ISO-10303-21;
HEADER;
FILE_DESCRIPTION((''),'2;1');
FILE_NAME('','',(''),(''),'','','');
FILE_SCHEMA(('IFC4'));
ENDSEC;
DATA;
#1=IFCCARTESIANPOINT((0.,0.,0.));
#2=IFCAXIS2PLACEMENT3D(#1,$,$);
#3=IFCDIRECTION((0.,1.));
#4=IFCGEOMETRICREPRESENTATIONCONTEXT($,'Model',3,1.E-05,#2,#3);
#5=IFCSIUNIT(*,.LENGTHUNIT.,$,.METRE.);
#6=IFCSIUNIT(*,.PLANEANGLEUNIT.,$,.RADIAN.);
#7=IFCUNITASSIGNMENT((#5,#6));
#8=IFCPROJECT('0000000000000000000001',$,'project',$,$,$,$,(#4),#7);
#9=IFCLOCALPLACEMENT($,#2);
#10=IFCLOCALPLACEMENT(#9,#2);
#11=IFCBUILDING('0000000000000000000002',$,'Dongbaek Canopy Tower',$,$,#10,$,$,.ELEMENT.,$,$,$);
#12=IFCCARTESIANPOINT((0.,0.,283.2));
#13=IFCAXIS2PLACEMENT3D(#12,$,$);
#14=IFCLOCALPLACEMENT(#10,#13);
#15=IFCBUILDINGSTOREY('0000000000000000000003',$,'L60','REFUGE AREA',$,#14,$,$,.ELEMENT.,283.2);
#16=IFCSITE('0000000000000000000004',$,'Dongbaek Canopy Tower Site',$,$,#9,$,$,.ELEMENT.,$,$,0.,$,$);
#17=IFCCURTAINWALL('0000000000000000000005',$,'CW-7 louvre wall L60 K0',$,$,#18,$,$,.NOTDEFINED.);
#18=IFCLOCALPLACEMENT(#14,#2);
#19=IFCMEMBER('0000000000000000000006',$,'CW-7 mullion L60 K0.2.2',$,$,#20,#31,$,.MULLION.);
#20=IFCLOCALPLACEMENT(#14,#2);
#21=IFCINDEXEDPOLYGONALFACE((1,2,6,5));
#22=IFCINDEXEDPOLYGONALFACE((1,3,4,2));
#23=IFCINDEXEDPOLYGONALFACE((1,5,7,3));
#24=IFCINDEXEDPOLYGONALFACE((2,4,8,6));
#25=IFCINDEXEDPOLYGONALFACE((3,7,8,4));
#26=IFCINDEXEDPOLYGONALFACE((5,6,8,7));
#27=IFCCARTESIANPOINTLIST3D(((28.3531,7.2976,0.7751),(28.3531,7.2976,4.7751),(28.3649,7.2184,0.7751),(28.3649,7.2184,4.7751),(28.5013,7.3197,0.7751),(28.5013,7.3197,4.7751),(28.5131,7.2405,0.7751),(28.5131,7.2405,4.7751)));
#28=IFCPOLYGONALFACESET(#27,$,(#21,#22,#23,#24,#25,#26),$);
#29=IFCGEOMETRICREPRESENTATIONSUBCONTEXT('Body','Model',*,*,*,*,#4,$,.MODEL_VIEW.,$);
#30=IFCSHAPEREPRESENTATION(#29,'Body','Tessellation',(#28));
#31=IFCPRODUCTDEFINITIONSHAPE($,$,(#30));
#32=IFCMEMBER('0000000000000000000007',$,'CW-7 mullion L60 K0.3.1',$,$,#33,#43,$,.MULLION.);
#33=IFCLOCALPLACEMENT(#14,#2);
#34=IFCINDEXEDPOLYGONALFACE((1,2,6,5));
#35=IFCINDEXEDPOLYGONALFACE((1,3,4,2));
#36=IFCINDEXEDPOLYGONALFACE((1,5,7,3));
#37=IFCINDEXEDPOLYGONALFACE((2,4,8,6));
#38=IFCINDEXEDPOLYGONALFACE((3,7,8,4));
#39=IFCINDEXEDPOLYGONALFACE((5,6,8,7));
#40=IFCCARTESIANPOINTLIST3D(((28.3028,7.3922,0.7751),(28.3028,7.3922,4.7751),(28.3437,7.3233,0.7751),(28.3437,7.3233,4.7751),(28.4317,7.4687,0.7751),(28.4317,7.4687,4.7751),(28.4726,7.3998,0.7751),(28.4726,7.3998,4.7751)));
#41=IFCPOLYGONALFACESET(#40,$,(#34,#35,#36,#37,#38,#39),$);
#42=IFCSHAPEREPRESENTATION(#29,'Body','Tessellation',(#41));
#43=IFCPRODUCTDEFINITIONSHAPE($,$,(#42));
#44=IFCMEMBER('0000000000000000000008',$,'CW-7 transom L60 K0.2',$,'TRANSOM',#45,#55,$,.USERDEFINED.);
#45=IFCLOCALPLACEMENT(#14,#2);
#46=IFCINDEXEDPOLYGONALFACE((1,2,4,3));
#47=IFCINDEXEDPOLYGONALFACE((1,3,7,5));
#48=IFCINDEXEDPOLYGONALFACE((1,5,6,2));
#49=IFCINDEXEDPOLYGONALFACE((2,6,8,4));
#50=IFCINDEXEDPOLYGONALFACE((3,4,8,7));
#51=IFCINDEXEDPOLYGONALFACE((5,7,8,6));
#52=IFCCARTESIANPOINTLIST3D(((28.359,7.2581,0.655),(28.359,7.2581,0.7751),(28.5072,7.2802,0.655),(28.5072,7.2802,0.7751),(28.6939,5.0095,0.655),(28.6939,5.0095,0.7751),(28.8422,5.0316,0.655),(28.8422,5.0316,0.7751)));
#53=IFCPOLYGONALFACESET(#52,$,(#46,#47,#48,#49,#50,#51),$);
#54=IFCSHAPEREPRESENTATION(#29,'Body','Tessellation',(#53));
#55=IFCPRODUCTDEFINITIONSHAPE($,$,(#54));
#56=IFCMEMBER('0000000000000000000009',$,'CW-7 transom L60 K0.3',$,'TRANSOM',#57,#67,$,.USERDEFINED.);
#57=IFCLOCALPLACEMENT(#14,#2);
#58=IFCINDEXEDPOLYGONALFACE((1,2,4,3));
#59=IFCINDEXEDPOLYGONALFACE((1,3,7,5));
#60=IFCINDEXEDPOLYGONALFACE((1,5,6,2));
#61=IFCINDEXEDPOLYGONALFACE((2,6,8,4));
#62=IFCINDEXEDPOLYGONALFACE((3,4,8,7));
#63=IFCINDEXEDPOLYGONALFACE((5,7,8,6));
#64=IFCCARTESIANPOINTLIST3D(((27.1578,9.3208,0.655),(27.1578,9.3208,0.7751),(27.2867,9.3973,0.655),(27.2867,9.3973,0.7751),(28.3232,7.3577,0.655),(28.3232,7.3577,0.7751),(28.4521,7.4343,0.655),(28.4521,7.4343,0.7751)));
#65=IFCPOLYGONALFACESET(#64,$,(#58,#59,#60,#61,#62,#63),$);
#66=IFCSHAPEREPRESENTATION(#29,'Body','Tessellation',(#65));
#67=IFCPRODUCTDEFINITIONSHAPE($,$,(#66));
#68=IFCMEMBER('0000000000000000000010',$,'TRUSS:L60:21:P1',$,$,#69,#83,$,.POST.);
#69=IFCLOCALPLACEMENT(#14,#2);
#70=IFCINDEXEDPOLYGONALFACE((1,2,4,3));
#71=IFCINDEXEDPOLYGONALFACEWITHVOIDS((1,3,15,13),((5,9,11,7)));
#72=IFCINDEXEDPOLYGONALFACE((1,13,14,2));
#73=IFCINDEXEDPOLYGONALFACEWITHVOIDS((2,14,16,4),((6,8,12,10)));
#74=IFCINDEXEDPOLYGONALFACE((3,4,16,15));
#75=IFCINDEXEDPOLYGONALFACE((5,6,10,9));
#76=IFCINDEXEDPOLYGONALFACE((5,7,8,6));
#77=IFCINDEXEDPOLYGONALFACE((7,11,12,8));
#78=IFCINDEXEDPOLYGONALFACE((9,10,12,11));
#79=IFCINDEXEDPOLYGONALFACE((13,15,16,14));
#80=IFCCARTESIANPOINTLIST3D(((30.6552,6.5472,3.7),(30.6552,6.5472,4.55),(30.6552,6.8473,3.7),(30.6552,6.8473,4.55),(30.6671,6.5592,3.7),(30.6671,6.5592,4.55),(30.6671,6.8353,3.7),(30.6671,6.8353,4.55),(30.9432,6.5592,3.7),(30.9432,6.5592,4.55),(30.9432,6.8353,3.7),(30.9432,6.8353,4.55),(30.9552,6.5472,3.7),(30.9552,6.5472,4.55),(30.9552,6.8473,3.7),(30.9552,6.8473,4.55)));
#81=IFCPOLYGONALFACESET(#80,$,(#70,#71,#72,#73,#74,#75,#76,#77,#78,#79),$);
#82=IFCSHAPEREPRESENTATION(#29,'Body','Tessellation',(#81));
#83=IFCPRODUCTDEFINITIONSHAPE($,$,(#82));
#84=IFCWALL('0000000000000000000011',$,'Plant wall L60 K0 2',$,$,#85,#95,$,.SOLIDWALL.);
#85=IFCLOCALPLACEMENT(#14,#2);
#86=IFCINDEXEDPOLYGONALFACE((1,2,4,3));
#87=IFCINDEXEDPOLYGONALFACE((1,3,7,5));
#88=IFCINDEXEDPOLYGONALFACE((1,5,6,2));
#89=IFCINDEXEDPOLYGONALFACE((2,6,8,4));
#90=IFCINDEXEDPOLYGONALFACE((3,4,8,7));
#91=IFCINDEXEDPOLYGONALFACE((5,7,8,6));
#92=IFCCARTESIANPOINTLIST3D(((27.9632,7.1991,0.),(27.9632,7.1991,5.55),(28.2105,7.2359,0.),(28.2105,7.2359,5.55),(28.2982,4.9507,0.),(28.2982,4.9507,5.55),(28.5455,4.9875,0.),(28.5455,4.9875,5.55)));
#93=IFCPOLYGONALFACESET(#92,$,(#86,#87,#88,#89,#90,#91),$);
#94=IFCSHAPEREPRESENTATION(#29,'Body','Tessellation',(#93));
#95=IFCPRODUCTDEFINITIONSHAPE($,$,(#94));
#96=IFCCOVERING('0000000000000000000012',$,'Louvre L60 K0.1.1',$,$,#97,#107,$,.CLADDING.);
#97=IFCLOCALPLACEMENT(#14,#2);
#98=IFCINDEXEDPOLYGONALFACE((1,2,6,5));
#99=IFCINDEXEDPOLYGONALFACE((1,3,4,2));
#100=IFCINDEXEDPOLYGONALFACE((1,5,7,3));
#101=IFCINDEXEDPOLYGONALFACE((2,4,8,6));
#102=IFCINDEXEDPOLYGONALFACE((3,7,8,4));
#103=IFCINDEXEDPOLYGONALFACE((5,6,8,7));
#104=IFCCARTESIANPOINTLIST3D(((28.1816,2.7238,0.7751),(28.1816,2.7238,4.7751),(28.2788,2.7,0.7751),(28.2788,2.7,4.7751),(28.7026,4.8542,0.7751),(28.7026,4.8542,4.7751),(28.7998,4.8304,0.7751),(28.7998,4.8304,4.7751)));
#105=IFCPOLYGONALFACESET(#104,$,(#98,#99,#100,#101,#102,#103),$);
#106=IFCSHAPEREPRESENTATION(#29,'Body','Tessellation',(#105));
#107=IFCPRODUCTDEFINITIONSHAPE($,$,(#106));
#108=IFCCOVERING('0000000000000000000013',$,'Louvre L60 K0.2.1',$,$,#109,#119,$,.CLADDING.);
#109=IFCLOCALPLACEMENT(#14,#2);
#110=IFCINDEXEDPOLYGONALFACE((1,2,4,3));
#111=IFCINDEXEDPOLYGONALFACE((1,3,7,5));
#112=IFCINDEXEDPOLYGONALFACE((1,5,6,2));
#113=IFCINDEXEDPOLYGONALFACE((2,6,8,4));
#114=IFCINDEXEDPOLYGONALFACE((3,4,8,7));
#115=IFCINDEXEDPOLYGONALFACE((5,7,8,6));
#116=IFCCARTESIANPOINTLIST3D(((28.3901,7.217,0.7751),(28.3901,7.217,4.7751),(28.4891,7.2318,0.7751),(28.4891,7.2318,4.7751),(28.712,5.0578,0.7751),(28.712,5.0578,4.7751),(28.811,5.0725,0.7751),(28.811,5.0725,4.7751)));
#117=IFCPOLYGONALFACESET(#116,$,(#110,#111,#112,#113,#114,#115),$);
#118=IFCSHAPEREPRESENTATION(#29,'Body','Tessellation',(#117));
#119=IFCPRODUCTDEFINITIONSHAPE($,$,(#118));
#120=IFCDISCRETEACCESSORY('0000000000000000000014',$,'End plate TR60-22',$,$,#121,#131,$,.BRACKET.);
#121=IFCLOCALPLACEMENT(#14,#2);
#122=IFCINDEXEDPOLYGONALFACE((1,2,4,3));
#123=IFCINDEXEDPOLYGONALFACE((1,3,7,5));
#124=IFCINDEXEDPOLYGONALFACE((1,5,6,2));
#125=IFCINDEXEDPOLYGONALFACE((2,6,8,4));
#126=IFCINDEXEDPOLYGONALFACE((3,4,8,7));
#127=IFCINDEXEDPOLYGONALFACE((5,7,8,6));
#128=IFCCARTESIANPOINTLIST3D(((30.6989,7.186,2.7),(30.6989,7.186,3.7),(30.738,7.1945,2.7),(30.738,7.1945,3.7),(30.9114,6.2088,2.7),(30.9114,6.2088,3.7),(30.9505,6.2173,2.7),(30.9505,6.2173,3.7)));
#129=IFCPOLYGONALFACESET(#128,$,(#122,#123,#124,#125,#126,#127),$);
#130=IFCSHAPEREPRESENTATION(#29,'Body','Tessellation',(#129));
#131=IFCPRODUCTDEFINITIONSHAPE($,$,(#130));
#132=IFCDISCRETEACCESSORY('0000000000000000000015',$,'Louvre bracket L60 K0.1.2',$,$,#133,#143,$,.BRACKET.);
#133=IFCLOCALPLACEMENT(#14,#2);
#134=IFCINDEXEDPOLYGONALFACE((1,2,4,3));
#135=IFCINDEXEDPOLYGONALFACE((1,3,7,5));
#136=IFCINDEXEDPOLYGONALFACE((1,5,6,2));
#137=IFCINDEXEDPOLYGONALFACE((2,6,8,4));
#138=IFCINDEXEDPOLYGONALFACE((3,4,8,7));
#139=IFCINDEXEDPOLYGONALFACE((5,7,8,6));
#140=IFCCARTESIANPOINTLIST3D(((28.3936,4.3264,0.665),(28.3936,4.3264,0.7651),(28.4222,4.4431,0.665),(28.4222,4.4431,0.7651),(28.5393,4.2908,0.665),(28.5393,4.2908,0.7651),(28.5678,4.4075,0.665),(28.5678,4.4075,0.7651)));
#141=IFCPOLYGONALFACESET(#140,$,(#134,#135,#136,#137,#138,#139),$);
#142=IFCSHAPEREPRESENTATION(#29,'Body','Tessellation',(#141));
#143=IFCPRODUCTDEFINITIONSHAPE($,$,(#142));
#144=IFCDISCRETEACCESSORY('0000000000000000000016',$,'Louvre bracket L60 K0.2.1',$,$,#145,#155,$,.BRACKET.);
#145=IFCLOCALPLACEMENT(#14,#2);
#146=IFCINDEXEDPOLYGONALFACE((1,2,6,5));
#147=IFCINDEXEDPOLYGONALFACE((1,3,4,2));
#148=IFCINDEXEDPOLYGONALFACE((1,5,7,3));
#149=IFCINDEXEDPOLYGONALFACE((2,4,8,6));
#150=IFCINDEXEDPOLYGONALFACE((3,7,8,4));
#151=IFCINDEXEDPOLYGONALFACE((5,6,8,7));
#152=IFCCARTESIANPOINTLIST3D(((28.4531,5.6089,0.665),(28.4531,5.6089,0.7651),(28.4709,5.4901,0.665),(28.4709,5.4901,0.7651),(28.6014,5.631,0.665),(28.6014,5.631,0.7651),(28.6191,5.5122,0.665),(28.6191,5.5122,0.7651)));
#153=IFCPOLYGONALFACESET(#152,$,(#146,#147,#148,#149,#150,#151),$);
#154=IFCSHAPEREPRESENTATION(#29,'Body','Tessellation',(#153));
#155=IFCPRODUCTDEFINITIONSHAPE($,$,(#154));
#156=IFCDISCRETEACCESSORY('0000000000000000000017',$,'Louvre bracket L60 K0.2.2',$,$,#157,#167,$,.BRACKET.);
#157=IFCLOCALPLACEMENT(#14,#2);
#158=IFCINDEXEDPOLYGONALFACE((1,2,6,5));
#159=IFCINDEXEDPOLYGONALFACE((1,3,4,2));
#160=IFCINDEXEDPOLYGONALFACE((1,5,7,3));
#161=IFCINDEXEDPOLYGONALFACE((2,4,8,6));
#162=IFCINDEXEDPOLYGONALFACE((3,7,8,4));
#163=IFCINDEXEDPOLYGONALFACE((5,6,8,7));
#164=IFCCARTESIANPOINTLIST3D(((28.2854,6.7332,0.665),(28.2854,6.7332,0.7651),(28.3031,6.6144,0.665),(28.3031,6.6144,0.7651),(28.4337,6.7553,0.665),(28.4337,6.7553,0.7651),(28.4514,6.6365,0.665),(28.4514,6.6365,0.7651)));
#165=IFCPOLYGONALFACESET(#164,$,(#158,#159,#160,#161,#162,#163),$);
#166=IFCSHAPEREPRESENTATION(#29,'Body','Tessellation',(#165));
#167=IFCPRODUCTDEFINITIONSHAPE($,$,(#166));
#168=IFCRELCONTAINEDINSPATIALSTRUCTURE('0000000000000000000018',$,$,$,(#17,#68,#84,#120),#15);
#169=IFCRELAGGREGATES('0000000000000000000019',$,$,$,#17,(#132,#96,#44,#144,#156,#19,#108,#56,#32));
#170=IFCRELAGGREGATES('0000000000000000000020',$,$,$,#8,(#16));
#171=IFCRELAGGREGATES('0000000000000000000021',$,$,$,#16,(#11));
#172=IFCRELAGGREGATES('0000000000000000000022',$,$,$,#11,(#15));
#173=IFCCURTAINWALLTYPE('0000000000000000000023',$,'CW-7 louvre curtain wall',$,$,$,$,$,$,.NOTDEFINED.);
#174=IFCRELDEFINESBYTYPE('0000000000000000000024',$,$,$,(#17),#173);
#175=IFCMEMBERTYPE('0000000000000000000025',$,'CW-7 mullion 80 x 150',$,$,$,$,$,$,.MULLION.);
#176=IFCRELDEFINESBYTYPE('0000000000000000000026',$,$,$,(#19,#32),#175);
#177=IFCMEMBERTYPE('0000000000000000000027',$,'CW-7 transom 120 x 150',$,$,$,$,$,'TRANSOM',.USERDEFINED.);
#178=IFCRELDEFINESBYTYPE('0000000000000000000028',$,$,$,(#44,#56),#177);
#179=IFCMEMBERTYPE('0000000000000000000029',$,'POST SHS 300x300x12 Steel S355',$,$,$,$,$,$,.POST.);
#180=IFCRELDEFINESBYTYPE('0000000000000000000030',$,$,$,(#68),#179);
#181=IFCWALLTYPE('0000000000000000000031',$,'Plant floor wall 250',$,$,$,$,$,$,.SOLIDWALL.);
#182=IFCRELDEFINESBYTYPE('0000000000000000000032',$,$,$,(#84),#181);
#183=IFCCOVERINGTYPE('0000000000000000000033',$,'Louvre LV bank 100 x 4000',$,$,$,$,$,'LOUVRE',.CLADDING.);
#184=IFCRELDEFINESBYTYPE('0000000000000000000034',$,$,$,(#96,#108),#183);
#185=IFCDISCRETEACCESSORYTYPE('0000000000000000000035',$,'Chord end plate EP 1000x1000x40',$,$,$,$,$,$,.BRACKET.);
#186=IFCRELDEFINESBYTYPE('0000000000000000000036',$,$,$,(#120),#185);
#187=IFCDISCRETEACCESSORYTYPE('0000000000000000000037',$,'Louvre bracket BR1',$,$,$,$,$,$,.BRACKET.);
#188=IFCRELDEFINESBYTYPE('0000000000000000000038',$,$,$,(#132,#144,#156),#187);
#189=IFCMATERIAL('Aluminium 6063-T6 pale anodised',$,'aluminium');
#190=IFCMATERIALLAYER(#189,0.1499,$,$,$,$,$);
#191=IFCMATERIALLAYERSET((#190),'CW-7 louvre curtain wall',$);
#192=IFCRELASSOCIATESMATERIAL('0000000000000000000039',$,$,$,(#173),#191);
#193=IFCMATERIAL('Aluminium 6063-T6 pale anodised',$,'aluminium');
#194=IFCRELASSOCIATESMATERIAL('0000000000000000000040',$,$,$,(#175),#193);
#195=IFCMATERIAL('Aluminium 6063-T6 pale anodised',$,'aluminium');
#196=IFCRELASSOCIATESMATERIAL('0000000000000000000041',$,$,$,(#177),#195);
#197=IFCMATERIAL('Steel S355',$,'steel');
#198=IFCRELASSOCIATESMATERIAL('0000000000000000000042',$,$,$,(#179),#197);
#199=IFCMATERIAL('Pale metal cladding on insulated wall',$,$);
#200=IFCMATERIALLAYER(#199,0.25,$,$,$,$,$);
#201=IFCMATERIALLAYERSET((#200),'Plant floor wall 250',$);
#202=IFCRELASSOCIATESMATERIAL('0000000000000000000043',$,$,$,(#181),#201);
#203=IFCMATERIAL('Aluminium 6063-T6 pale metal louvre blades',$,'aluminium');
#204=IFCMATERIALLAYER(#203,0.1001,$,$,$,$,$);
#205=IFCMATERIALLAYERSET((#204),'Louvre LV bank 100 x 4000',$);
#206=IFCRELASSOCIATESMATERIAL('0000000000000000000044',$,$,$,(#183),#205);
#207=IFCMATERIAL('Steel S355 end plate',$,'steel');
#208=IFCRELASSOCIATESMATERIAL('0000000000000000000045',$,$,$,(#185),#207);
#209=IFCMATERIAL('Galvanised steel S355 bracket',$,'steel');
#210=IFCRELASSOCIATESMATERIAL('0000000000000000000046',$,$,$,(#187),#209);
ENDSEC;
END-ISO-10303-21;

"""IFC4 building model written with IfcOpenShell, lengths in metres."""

from ifc_helpers import new_model, si_unit, direction, frame, frame_2d, origin, origin_2d, place, context, subcontext, project, spatial, rectangle, hollow_rectangle, extrude, material, layer, layer_set, material_profile, profile_set, type_object, element, aggregate, save


model = new_model("IFC4")

# Units and contexts
model_context = context("Model", 3, precision=1e-05, world=origin(), true_north=direction((0.0, 1.0)))
body_context = subcontext(model_context, "Body", "Model", "MODEL_VIEW")
ifc_project = project(units=[si_unit("LENGTHUNIT", "METRE"), si_unit("PLANEANGLEUNIT", "RADIAN")], contexts=[model_context])

# Site, building, storey
site_placement = place(None, origin())
site = spatial("IfcSite", under=ifc_project, at=site_placement, Name="Dongbaek Canopy Tower Site", CompositionType="ELEMENT", RefElevation=0.0)
building_placement = place(site_placement, origin())
building = spatial("IfcBuilding", under=site, at=building_placement, Name="Dongbaek Canopy Tower", CompositionType="ELEMENT")
storey_placement = place(building_placement, frame((0.0, 0.0, 283.2)))
storey = spatial("IfcBuildingStorey", under=building, at=storey_placement, Name="L60", Description="REFUGE AREA", CompositionType="ELEMENT", Elevation=283.2)

# Curtain wall, members
ifc_material_1 = material(Name="Aluminium 6063-T6 pale anodised", Category="aluminium")
ifc_layer_1 = layer(ifc_material_1, 0.1499)
ifc_layer_set_1 = layer_set([ifc_layer_1], Name="CW-7 louvre curtain wall")
curtain_wall_type = type_object("IfcCurtainWallType", Name="CW-7 louvre curtain wall", PredefinedType="NOTDEFINED", material=ifc_layer_set_1)
curtain_wall_placement = place(storey_placement, origin())
curtain_wall = element("IfcCurtainWall", 1, at=curtain_wall_placement, inside=storey, type_object=curtain_wall_type, Name="CW-7 louvre wall L60 K0", PredefinedType="NOTDEFINED")
ifc_material_2 = material(Name="Aluminium 6063-T6 pale anodised", Category="aluminium")
ifc_material_profile_1 = material_profile(ifc_material_2, rectangle(XDim=0.1499, YDim=0.0801, at=origin_2d()), Name="CW-7 mullion 80 x 150")
ifc_profile_set_1 = profile_set([ifc_material_profile_1], Name="Aluminium 6063-T6 pale anodised")
member_type_1 = type_object("IfcMemberType", Name="CW-7 mullion 80 x 150", PredefinedType="MULLION", material=ifc_profile_set_1)
member_1_placement = place(storey_placement, frame((28.4331, 7.269, 0.7751), z_axis=(0.0, 0.0, 1.0), x_axis=(0.989071, 0.147442, 0.0)))
member_1 = element("IfcMember", 2, at=member_1_placement, type_object=member_type_1, Name="CW-7 mullion L60 K0.2.2", PredefinedType="MULLION", context=body_context, shape_type="SweptSolid", body=[
    extrude(rectangle(XDim=0.1499, YDim=0.0801, at=origin_2d()), origin(), (0.0, 0.0, 1.0), 4.0),
])
member_2_placement = place(storey_placement, frame((28.3877, 7.396, 0.7751), z_axis=(0.0, 0.0, 1.0), x_axis=(0.859851, 0.510546, 0.0)))
member_2 = element("IfcMember", 3, at=member_2_placement, type_object=member_type_1, Name="CW-7 mullion L60 K0.3.1", PredefinedType="MULLION", context=body_context, shape_type="SweptSolid", body=[
    extrude(rectangle(XDim=0.1499, YDim=0.0801, at=origin_2d()), origin(), (0.0, 0.0, 1.0), 4.0),
])
ifc_material_3 = material(Name="Aluminium 6063-T6 pale anodised", Category="aluminium")
ifc_material_profile_2 = material_profile(ifc_material_3, rectangle(XDim=0.1499, YDim=0.1201, at=origin_2d()), Name="CW-7 transom 120 x 150")
ifc_profile_set_2 = profile_set([ifc_material_profile_2], Name="Aluminium 6063-T6 pale anodised")
member_type_2 = type_object("IfcMemberType", Name="CW-7 transom 120 x 150", ElementType="TRANSOM", PredefinedType="USERDEFINED", material=ifc_profile_set_2)
member_3_placement = place(storey_placement, frame((28.7681, 5.0205, 0.7151), z_axis=(-0.147343, 0.989086, 0.0), x_axis=(-0.989086, -0.147343, 0.0)))
member_3 = element("IfcMember", 4, at=member_3_placement, type_object=member_type_2, Name="CW-7 transom L60 K0.2", ObjectType="TRANSOM", PredefinedType="USERDEFINED", context=body_context, shape_type="SweptSolid", body=[
    extrude(rectangle(XDim=0.1499, YDim=0.1201, at=origin_2d()), origin(), (0.0, 0.0, 1.0), 2.2734),
])
member_4_placement = place(storey_placement, frame((28.3877, 7.396, 0.7151), z_axis=(-0.510512, 0.859871, 0.0), x_axis=(-0.859871, -0.510512, 0.0)))
member_4 = element("IfcMember", 5, at=member_4_placement, type_object=member_type_2, Name="CW-7 transom L60 K0.3", ObjectType="TRANSOM", PredefinedType="USERDEFINED", context=body_context, shape_type="SweptSolid", body=[
    extrude(rectangle(XDim=0.1499, YDim=0.1201, at=origin_2d()), origin(), (0.0, 0.0, 1.0), 2.283),
])

# Member
ifc_material_4 = material(Name="Steel S355", Category="steel")
ifc_material_profile_3 = material_profile(ifc_material_4, hollow_rectangle(XDim=0.3, YDim=0.3, WallThickness=0.012, at=origin_2d()), Name="POST SHS 300x300x12 Steel S355")
ifc_profile_set_3 = profile_set([ifc_material_profile_3], Name="Steel S355")
member_type_3 = type_object("IfcMemberType", Name="POST SHS 300x300x12 Steel S355", PredefinedType="POST", material=ifc_profile_set_3)
member_5_placement = place(storey_placement, frame((30.8052, 6.6973, 3.7), z_axis=(0.0, 0.0, 1.0), x_axis=(1.0, 0.0, 0.0)))
element("IfcMember", 6, at=member_5_placement, inside=storey, type_object=member_type_3, Name="TRUSS:L60:21:P1", PredefinedType="POST", context=body_context, shape_type="SweptSolid", body=[
    extrude(hollow_rectangle(XDim=0.3, YDim=0.3, WallThickness=0.012, at=origin_2d()), origin(), (0.0, 0.0, 1.0), 0.8501),
])

# Wall
ifc_material_5 = material(Name="Pale metal cladding on insulated wall")
ifc_layer_2 = layer(ifc_material_5, 0.25)
ifc_layer_set_2 = layer_set([ifc_layer_2], Name="Plant floor wall 250")
wall_type = type_object("IfcWallType", Name="Plant floor wall 250", PredefinedType="SOLIDWALL", material=ifc_layer_set_2)
wall_placement = place(storey_placement, frame((28.4219, 4.969, 0.0), z_axis=(0.0, 0.0, 1.0), x_axis=(-0.147358, 0.989083, 0.0)))
element("IfcWall", 7, at=wall_placement, inside=storey, type_object=wall_type, Name="Plant wall L60 K0 2", PredefinedType="SOLIDWALL", context=body_context, shape_type="SweptSolid", body=[
    extrude(rectangle(XDim=2.2732, YDim=0.25, at=frame_2d((1.1367, 0.0))), origin(), (0.0, 0.0, 1.0), 5.55),
])

# Coverings
ifc_material_6 = material(Name="Aluminium 6063-T6 pale metal louvre blades", Category="aluminium")
ifc_layer_3 = layer(ifc_material_6, 0.1001)
ifc_layer_set_3 = layer_set([ifc_layer_3], Name="Louvre LV bank 100 x 4000")
covering_type = type_object("IfcCoveringType", Name="Louvre LV bank 100 x 4000", ElementType="LOUVRE", PredefinedType="CLADDING", material=ifc_layer_set_3)
covering_1_placement = place(storey_placement, frame((28.4907, 3.7771, 0.7751), z_axis=(0.0, 0.0, 1.0), x_axis=(0.237564, 0.971372, 0.0)))
covering_1 = element("IfcCovering", 8, at=covering_1_placement, type_object=covering_type, Name="Louvre L60 K0.1.1", PredefinedType="CLADDING", context=body_context, shape_type="SweptSolid", body=[
    extrude(rectangle(XDim=2.1931, YDim=0.1001, at=origin_2d()), origin(), (0.0, 0.0, 1.0), 4.0),
])
covering_2_placement = place(storey_placement, frame((28.6006, 6.1448, 0.7751), z_axis=(0.0, 0.0, 1.0), x_axis=(-0.147442, 0.989071, 0.0)))
covering_2 = element("IfcCovering", 9, at=covering_2_placement, type_object=covering_type, Name="Louvre L60 K0.2.1", PredefinedType="CLADDING", context=body_context, shape_type="SweptSolid", body=[
    extrude(rectangle(XDim=2.1831, YDim=0.1001, at=origin_2d()), origin(), (0.0, 0.0, 1.0), 4.0),
])

# Discrete accessories
ifc_material_7 = material(Name="Steel S355 end plate", Category="steel")
discrete_accessory_type_1 = type_object("IfcDiscreteAccessoryType", Name="Chord end plate EP 1000x1000x40", PredefinedType="BRACKET", material=ifc_material_7)
discrete_accessory_1_placement = place(storey_placement, frame((30.8247, 6.7017, 2.7), z_axis=(0.0, 0.0, 1.0), x_axis=(-0.977173, -0.212445, 0.0)))
element("IfcDiscreteAccessory", 10, at=discrete_accessory_1_placement, inside=storey, type_object=discrete_accessory_type_1, Name="End plate TR60-22", PredefinedType="BRACKET", context=body_context, shape_type="SweptSolid", body=[
    extrude(rectangle(XDim=0.04, YDim=1.0, at=origin_2d()), origin(), (0.0, 0.0, 1.0), 1.0),
])
ifc_material_8 = material(Name="Galvanised steel S355 bracket", Category="steel")
discrete_accessory_type_2 = type_object("IfcDiscreteAccessoryType", Name="Louvre bracket BR1", PredefinedType="BRACKET", material=ifc_material_8)
discrete_accessory_2_placement = place(storey_placement, frame((28.4807, 4.3669, 0.665), z_axis=(0.0, 0.0, 1.0), x_axis=(0.237564, 0.971372, 0.0)))
discrete_accessory_2 = element("IfcDiscreteAccessory", 11, at=discrete_accessory_2_placement, type_object=discrete_accessory_type_2, Name="Louvre bracket L60 K0.1.2", PredefinedType="BRACKET", context=body_context, shape_type="SweptSolid", body=[
    extrude(rectangle(XDim=0.1201, YDim=0.1499, at=origin_2d()), origin(), (0.0, 0.0, 1.0), 0.1001),
])
discrete_accessory_3_placement = place(storey_placement, frame((28.5361, 5.5605, 0.665), z_axis=(0.0, 0.0, 1.0), x_axis=(-0.147442, 0.989071, 0.0)))
discrete_accessory_3 = element("IfcDiscreteAccessory", 12, at=discrete_accessory_3_placement, type_object=discrete_accessory_type_2, Name="Louvre bracket L60 K0.2.1", PredefinedType="BRACKET", context=body_context, shape_type="SweptSolid", body=[
    extrude(rectangle(XDim=0.1201, YDim=0.1499, at=origin_2d()), origin(), (0.0, 0.0, 1.0), 0.1001),
])
discrete_accessory_4_placement = place(storey_placement, frame((28.3684, 6.6848, 0.665), z_axis=(0.0, 0.0, 1.0), x_axis=(-0.147442, 0.989071, 0.0)))
discrete_accessory_4 = element("IfcDiscreteAccessory", 13, at=discrete_accessory_4_placement, type_object=discrete_accessory_type_2, Name="Louvre bracket L60 K0.2.2", PredefinedType="BRACKET", context=body_context, shape_type="SweptSolid", body=[
    extrude(rectangle(XDim=0.1201, YDim=0.1499, at=origin_2d()), origin(), (0.0, 0.0, 1.0), 0.1001),
])
aggregate(curtain_wall, [discrete_accessory_2, covering_1, member_3, discrete_accessory_3, discrete_accessory_4, member_1, covering_2, member_4, member_2])

save(model, "model.ifc")
